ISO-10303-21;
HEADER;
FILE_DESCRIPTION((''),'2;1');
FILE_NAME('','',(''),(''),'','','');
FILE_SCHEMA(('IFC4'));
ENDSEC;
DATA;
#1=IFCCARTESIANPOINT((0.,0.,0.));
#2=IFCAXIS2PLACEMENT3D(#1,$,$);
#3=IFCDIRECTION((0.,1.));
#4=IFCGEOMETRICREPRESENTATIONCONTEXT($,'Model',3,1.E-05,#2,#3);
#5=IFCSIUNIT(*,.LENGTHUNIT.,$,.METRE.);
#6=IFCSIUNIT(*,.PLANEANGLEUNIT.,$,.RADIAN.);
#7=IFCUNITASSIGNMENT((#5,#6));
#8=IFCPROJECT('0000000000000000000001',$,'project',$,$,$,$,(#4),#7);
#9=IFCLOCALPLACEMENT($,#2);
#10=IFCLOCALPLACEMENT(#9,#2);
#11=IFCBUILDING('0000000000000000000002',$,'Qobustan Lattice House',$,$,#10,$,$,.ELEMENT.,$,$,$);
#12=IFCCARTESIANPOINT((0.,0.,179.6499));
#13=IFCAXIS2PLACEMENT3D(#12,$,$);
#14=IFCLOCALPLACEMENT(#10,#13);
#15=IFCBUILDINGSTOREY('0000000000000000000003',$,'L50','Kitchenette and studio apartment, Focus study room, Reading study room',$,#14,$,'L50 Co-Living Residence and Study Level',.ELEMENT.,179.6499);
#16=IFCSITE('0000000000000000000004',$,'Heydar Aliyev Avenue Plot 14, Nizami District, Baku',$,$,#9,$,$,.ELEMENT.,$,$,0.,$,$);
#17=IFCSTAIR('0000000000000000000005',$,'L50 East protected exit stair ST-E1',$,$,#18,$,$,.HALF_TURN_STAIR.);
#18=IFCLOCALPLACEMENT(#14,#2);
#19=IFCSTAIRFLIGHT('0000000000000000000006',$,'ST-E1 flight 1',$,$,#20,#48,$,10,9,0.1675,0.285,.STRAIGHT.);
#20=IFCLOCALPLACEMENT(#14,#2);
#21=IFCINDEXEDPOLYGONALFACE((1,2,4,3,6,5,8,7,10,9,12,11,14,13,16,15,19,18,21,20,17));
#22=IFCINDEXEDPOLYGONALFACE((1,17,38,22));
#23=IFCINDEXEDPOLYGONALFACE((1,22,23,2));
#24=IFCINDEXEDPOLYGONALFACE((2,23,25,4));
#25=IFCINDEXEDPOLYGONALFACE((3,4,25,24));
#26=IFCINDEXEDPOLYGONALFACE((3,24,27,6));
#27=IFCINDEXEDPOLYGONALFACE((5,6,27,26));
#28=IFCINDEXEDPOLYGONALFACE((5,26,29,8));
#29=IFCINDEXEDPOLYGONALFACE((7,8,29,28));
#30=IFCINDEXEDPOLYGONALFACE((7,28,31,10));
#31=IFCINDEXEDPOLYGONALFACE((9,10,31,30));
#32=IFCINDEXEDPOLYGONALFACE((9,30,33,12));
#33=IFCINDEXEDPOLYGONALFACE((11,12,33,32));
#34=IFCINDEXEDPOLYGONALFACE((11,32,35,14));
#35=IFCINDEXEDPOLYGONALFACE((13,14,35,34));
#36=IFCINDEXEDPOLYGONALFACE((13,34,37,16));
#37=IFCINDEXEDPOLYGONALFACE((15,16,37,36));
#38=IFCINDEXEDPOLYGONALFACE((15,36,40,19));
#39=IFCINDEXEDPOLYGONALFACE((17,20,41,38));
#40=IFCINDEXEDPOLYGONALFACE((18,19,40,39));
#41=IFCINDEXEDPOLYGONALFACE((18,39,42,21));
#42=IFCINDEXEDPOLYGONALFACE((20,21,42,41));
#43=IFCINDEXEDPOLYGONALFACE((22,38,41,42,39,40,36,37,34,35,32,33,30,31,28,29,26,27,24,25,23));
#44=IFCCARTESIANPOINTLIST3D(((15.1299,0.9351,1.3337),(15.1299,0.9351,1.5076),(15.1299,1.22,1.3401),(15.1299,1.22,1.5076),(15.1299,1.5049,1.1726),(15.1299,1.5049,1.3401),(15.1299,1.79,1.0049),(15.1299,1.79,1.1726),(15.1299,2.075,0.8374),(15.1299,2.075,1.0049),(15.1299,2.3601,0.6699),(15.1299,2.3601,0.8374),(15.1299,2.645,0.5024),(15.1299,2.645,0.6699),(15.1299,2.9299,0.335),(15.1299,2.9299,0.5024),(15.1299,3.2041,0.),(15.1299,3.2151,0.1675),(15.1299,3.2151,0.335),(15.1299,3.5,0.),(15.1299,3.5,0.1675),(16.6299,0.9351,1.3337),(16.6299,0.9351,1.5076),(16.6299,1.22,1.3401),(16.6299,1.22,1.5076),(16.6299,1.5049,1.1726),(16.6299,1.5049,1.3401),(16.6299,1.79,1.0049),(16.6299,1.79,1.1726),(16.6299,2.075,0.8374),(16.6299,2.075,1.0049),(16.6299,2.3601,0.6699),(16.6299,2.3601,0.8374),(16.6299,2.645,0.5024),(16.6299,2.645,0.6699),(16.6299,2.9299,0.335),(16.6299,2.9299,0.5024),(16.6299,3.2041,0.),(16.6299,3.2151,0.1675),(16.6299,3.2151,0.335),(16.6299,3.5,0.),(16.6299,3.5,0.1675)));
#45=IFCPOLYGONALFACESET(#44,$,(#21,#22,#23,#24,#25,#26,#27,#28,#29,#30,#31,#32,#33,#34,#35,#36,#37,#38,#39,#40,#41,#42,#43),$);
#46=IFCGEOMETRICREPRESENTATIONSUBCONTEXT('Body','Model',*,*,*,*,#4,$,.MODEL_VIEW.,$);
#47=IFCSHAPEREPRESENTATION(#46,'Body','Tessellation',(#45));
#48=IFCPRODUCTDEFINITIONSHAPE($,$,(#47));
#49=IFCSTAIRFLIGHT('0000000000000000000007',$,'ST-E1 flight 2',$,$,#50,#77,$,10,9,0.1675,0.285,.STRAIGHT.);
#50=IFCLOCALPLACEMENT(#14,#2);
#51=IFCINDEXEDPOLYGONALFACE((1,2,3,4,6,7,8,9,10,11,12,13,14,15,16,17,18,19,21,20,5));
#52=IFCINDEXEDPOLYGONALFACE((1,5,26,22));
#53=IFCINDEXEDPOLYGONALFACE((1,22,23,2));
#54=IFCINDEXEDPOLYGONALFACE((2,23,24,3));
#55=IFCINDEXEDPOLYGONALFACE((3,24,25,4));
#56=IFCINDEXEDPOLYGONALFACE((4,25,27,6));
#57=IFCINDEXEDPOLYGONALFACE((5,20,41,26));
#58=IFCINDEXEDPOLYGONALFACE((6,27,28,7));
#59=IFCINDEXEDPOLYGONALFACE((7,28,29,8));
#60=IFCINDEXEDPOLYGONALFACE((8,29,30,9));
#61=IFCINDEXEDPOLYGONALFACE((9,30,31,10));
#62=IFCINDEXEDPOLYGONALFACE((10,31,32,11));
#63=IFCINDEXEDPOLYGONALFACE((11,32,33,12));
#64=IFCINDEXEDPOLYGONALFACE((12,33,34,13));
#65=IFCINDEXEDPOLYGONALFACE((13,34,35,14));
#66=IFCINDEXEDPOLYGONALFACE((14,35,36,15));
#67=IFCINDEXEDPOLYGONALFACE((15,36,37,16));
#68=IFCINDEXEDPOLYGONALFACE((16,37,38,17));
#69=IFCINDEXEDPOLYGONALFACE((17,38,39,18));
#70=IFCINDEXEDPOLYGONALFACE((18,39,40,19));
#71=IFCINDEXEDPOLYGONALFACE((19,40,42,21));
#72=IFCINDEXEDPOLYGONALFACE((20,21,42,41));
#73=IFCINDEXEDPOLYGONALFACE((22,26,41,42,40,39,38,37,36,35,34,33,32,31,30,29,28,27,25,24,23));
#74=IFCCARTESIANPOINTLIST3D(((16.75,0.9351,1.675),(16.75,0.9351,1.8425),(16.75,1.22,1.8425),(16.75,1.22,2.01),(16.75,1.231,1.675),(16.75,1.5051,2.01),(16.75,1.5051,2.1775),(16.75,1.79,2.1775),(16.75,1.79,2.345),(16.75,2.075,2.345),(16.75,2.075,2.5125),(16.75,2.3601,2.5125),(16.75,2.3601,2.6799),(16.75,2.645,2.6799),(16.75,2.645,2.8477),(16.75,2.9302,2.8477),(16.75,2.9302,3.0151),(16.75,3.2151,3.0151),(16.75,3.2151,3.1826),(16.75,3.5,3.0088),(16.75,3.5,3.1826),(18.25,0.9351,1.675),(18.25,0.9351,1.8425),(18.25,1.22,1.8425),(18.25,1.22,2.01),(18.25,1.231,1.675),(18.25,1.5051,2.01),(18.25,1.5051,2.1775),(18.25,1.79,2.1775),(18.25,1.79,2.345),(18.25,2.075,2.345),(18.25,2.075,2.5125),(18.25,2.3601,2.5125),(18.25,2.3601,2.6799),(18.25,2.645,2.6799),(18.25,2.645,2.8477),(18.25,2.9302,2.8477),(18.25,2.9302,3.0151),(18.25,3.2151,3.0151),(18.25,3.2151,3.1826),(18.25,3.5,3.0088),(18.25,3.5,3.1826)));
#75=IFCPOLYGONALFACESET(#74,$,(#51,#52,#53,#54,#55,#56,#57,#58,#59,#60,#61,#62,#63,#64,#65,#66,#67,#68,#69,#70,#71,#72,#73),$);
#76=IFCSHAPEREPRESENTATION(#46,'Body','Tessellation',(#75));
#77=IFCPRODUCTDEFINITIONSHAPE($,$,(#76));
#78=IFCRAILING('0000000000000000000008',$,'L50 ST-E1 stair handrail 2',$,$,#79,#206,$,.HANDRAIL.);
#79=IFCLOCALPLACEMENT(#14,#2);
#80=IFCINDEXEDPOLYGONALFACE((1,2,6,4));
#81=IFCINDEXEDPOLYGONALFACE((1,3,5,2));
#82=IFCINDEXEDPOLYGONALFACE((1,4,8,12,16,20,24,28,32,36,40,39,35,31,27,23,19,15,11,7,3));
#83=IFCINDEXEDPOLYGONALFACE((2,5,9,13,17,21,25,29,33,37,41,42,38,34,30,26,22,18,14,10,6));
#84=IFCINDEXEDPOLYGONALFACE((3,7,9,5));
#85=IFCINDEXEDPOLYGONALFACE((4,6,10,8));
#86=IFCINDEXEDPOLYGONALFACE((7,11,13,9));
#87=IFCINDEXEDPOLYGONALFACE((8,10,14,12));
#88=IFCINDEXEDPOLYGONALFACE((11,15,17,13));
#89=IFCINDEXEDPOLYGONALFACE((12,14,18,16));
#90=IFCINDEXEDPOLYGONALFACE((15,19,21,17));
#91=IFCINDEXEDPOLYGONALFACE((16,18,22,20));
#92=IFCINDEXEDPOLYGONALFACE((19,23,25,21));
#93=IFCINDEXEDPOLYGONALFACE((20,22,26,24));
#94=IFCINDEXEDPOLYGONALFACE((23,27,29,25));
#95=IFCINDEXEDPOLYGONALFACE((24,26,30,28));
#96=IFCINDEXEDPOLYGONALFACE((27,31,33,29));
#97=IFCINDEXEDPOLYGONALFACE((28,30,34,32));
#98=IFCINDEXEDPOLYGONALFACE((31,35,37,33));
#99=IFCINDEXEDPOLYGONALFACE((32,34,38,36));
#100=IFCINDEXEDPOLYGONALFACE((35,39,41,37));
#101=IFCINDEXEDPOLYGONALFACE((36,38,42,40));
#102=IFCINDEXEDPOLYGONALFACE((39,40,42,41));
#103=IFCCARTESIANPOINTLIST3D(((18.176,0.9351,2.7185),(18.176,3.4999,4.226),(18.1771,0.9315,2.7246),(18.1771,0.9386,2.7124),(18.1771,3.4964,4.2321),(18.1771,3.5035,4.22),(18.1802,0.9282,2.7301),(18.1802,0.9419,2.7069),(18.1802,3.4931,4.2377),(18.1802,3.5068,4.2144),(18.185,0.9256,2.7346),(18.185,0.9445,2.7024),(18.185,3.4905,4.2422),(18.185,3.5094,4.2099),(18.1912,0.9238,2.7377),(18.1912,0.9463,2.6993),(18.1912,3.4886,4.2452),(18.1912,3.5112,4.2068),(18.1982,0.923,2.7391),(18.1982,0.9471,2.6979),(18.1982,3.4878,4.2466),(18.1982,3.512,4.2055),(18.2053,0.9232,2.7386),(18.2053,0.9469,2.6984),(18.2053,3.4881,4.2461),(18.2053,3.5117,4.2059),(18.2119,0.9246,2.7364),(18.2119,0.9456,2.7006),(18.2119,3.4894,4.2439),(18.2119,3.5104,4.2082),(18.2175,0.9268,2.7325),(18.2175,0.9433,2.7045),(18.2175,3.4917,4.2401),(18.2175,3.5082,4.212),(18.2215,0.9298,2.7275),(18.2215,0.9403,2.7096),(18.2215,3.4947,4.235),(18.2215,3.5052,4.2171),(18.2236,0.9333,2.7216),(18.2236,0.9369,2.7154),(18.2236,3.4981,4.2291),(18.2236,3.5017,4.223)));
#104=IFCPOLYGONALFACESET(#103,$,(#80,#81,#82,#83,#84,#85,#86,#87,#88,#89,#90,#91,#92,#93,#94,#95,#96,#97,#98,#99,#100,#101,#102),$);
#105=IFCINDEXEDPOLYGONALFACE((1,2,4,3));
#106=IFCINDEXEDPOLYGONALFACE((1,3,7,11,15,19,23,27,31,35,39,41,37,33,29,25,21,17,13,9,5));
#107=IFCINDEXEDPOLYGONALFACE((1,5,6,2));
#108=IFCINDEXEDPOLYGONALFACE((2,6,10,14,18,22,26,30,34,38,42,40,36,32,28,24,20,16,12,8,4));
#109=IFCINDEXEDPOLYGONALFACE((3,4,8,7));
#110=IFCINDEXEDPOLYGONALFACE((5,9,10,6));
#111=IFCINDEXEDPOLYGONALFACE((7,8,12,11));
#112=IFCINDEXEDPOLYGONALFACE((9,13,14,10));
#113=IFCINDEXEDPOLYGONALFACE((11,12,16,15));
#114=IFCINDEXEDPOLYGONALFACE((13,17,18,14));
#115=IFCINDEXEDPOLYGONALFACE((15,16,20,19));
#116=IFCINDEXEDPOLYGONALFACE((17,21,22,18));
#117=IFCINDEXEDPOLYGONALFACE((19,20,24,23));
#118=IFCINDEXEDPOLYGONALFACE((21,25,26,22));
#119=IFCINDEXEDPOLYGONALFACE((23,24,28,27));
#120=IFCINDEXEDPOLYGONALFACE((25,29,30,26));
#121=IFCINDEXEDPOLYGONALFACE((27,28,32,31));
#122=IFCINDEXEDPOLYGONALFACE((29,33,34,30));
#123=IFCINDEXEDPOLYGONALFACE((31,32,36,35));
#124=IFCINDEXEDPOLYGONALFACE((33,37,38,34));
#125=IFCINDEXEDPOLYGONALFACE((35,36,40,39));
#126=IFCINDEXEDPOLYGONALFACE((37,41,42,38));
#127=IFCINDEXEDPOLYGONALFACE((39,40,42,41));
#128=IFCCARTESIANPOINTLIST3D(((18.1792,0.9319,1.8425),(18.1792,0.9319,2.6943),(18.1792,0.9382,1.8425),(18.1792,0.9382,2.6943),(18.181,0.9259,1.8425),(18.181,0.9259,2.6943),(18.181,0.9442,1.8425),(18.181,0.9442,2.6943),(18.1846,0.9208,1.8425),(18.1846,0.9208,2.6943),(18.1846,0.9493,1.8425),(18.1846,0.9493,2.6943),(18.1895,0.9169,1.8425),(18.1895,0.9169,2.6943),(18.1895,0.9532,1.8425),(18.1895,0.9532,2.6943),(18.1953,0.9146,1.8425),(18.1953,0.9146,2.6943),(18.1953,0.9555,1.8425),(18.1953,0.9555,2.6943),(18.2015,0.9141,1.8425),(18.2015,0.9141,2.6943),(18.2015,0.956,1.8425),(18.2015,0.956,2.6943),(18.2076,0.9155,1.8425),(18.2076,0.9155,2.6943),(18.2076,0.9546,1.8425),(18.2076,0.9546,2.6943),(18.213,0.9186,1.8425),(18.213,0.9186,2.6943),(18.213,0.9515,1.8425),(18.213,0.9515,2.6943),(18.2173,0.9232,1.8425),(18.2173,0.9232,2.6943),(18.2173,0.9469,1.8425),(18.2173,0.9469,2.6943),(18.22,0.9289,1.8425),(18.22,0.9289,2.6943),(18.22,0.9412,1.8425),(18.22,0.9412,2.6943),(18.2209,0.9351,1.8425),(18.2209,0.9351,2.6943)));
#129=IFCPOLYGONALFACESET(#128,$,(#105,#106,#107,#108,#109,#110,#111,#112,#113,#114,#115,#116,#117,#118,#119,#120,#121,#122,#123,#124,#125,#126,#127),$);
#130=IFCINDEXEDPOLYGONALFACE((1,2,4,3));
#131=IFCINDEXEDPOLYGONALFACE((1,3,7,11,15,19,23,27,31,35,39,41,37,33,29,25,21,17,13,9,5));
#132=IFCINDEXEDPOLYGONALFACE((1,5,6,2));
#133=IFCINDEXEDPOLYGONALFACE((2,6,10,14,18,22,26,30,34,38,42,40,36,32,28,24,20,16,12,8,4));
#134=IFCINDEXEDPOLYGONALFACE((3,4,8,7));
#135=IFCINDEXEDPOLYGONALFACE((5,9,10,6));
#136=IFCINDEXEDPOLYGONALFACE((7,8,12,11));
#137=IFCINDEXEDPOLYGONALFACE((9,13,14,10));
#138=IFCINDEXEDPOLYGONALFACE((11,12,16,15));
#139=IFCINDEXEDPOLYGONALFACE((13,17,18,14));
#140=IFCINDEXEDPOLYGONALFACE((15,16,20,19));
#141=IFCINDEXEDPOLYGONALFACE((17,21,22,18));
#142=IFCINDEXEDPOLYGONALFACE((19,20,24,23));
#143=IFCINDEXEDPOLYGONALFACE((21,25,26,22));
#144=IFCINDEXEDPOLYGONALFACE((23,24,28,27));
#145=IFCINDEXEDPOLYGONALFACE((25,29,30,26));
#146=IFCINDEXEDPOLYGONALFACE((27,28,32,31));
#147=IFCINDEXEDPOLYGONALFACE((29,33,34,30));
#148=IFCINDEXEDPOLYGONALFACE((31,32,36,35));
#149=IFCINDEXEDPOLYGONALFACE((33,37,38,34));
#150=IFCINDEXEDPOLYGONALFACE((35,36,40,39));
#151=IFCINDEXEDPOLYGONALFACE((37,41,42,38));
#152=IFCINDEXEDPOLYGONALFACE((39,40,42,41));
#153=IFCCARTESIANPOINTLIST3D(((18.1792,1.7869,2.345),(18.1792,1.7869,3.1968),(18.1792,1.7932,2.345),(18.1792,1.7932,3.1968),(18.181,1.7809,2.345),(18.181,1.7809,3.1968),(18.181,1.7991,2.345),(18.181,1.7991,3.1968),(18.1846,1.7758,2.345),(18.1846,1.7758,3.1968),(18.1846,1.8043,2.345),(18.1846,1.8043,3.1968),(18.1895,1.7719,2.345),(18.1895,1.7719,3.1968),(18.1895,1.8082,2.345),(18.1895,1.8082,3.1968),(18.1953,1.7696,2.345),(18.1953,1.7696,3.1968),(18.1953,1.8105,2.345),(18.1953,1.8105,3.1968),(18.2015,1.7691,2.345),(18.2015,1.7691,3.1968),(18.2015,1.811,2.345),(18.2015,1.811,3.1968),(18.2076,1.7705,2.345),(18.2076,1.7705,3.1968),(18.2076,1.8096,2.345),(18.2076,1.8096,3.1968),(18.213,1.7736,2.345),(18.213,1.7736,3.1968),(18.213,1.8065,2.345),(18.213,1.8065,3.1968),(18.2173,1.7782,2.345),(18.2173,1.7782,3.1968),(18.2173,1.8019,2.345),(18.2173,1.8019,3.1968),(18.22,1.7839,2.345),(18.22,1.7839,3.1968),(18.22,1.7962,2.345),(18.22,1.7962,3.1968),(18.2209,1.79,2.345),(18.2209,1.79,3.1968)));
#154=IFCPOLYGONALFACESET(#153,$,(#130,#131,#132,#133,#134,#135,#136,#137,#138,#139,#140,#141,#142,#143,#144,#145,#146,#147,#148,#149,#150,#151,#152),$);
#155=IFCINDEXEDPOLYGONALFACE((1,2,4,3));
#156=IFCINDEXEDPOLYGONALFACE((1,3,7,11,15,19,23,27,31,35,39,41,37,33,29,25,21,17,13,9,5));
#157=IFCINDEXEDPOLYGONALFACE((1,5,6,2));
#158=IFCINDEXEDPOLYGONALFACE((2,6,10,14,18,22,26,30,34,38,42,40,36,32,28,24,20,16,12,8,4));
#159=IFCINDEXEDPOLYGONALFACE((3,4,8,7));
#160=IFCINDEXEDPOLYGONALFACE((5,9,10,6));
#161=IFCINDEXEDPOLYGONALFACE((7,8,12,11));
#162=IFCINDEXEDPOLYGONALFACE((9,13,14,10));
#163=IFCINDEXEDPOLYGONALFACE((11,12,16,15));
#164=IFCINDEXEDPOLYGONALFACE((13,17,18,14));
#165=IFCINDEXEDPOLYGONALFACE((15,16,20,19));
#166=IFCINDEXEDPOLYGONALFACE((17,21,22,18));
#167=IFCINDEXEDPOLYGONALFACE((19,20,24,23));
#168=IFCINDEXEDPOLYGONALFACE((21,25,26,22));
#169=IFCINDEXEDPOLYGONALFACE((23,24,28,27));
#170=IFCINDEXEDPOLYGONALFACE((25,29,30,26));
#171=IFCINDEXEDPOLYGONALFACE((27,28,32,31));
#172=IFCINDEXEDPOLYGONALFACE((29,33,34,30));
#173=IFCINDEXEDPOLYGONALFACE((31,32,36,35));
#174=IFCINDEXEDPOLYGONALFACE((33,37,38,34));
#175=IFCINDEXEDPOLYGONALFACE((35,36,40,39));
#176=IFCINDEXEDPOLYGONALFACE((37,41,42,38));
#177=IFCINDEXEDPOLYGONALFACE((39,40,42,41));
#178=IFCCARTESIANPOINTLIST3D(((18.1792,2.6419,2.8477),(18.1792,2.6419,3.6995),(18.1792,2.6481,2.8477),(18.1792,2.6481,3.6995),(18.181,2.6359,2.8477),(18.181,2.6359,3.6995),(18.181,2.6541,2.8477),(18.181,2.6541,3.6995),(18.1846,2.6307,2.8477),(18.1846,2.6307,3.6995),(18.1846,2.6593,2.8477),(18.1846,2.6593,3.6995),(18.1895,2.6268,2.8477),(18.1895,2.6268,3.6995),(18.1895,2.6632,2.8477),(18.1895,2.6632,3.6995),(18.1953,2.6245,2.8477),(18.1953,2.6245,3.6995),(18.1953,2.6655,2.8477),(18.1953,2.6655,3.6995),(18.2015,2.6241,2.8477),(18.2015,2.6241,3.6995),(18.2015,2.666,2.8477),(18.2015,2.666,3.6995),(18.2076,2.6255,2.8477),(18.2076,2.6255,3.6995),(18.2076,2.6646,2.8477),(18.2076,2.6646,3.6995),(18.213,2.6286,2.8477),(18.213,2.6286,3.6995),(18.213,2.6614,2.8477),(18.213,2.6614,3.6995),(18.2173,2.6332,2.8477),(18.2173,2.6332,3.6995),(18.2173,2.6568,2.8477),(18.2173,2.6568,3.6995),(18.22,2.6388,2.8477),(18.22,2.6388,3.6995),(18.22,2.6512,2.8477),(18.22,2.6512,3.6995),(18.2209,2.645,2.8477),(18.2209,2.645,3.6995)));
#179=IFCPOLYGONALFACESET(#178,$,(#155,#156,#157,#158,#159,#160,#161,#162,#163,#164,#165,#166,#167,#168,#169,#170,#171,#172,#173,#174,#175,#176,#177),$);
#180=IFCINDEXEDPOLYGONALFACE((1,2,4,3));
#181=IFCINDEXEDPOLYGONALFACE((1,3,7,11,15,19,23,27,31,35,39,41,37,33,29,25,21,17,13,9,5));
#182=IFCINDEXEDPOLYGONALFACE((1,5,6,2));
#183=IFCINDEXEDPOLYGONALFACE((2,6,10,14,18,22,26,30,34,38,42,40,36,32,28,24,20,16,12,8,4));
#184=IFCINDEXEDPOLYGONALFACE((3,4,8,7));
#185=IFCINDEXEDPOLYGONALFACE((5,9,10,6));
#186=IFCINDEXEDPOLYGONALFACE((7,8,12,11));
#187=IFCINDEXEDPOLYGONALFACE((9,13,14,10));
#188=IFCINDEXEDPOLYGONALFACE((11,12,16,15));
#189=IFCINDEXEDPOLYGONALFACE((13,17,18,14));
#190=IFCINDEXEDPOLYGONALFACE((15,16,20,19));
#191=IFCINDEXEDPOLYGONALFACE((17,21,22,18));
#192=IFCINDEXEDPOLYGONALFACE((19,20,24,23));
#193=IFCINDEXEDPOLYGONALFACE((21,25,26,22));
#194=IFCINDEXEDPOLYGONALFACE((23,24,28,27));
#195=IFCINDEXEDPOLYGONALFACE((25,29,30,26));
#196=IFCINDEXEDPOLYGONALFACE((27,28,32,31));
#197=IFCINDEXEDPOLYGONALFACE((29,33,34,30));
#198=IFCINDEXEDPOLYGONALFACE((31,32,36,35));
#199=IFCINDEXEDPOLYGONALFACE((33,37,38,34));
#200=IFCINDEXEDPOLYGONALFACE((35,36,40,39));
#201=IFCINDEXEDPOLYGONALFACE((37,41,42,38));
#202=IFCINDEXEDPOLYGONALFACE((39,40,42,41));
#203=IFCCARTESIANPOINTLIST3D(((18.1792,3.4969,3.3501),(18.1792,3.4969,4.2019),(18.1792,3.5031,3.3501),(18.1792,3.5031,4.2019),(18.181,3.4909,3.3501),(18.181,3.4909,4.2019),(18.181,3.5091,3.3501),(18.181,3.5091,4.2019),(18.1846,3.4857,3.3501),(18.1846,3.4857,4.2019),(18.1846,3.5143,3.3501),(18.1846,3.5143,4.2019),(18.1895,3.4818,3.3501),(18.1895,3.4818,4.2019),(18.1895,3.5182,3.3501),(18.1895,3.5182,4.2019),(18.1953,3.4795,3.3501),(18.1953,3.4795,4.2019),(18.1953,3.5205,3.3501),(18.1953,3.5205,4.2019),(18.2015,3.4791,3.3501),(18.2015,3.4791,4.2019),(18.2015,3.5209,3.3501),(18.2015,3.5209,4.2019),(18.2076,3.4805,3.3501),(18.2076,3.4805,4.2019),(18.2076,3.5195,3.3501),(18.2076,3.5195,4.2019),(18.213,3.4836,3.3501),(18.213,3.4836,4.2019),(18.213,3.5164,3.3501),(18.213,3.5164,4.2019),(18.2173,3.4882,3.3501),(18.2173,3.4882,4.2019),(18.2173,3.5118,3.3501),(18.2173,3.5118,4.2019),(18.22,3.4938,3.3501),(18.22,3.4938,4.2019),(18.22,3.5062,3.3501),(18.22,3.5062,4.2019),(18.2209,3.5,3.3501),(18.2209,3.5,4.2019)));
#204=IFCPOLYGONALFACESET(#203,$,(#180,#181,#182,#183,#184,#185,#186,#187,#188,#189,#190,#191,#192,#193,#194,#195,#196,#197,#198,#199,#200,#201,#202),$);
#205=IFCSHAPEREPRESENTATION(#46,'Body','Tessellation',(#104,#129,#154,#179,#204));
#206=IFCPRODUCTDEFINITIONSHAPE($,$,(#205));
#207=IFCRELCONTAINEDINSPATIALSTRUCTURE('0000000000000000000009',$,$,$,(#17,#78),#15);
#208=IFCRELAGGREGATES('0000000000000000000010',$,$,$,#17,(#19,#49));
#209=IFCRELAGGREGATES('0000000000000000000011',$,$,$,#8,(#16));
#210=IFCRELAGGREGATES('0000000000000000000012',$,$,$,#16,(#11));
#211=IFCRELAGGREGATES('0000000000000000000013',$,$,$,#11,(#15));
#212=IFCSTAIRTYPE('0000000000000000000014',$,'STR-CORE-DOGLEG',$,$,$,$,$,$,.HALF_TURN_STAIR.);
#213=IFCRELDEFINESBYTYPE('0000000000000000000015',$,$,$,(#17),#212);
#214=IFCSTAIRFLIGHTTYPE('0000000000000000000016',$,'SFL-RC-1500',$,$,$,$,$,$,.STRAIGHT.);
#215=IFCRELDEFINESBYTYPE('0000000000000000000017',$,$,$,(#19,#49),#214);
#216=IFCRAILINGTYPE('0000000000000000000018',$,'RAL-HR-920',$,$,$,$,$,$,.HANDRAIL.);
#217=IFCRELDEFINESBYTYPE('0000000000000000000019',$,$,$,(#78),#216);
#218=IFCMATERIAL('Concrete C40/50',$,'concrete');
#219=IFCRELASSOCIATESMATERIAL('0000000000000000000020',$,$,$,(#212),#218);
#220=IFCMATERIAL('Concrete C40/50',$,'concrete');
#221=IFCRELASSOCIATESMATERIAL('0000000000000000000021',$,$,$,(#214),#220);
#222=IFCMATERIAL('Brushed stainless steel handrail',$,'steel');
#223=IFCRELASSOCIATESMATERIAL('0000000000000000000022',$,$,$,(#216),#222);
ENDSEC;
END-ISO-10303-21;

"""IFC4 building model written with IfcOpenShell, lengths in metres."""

from ifc_helpers import new_model, si_unit, direction, frame, origin, origin_2d, place, context, subcontext, project, spatial, polyline, circle, outline, extrude, material, type_object, element, aggregate, save


model = new_model("IFC4")

# Units and contexts
model_context = context("Model", 3, precision=1e-05, world=origin(), true_north=direction((0.0, 1.0)))
body_context = subcontext(model_context, "Body", "Model", "MODEL_VIEW")
ifc_project = project(units=[si_unit("LENGTHUNIT", "METRE"), si_unit("PLANEANGLEUNIT", "RADIAN")], contexts=[model_context])

# Site, building, storey
site_placement = place(None, origin())
site = spatial("IfcSite", under=ifc_project, at=site_placement, Name="Heydar Aliyev Avenue Plot 14, Nizami District, Baku", CompositionType="ELEMENT", RefElevation=0.0)
building_placement = place(site_placement, origin())
building = spatial("IfcBuilding", under=site, at=building_placement, Name="Qobustan Lattice House", CompositionType="ELEMENT")
storey_placement = place(building_placement, frame((0.0, 0.0, 179.6499)))
storey = spatial("IfcBuildingStorey", under=building, at=storey_placement, Name="L50", Description="Kitchenette and studio apartment, Focus study room, Reading study room", LongName="L50 Co-Living Residence and Study Level", CompositionType="ELEMENT", Elevation=179.6499)

# Stair, stair flights
ifc_material_1 = material(Name="Concrete C40/50", Category="concrete")
stair_type = type_object("IfcStairType", Name="STR-CORE-DOGLEG", PredefinedType="HALF_TURN_STAIR", material=ifc_material_1)
stair_placement = place(storey_placement, origin())
stair = element("IfcStair", 1, at=stair_placement, inside=storey, type_object=stair_type, Name="L50 East protected exit stair ST-E1", PredefinedType="HALF_TURN_STAIR")
ifc_material_2 = material(Name="Concrete C40/50", Category="concrete")
stair_flight_type = type_object("IfcStairFlightType", Name="SFL-RC-1500", PredefinedType="STRAIGHT", material=ifc_material_2)
stair_flight_1_placement = place(storey_placement, frame((15.8799, 3.5, 0.0), z_axis=(0.0, 0.0, 1.0), x_axis=(0.0, -1.0, 0.0)))
stair_flight_1 = element("IfcStairFlight", 2, at=stair_flight_1_placement, type_object=stair_flight_type, Name="ST-E1 flight 1", NumberOfRisers=10, NumberOfTreads=9, PredefinedType="STRAIGHT", RiserHeight=0.1675, TreadLength=0.285, context=body_context, shape_type="SweptSolid", body=[
    extrude(outline(polyline([(0.0, 0.0), (0.0, 0.1675), (0.2849, 0.1675), (0.2849, 0.335), (0.5701, 0.335), (0.5701, 0.5024), (0.855, 0.5024), (0.855, 0.6699), (1.1399, 0.6699), (1.1399, 0.8374), (1.425, 0.8374), (1.425, 1.0049), (1.71, 1.0049), (1.71, 1.1726), (1.9951, 1.1726), (1.9951, 1.3401), (2.28, 1.3401), (2.28, 1.5076), (2.5649, 1.5076), (2.5649, 1.675), (2.5649, 1.3337), (0.2959, 0.0), (0.0, 0.0)])), frame((0.0, 0.75, 0.0), z_axis=(0.0, -1.0, 0.0), x_axis=(1.0, 0.0, 0.0)), (0.0, 0.0, 1.0), 1.5),
])
stair_flight_2_placement = place(storey_placement, frame((17.5, 0.9351, 1.675), z_axis=(0.0, 0.0, 1.0), x_axis=(0.0, 1.0, 0.0)))
stair_flight_2 = element("IfcStairFlight", 3, at=stair_flight_2_placement, type_object=stair_flight_type, Name="ST-E1 flight 2", NumberOfRisers=10, NumberOfTreads=9, PredefinedType="STRAIGHT", RiserHeight=0.1675, TreadLength=0.285, context=body_context, shape_type="SweptSolid", body=[
    extrude(outline(polyline([(0.0, 0.0), (0.0, 0.1675), (0.2849, 0.1675), (0.2849, 0.335), (0.5701, 0.335), (0.5701, 0.5024), (0.855, 0.5024), (0.855, 0.6699), (1.1399, 0.6699), (1.1399, 0.8374), (1.425, 0.8374), (1.425, 1.0049), (1.71, 1.0049), (1.71, 1.1726), (1.9951, 1.1726), (1.9951, 1.3401), (2.28, 1.3401), (2.28, 1.5076), (2.5649, 1.5076), (2.5649, 1.675), (2.5649, 1.3337), (0.2959, 0.0), (0.0, 0.0)])), frame((0.0, 0.75, 0.0), z_axis=(0.0, -1.0, 0.0), x_axis=(1.0, 0.0, 0.0)), (0.0, 0.0, 1.0), 1.5),
])
aggregate(stair, [stair_flight_1, stair_flight_2])

# Railing
ifc_material_3 = material(Name="Brushed stainless steel handrail", Category="steel")
railing_type_1 = type_object("IfcRailingType", Name="RAL-HR-920", PredefinedType="HANDRAIL", material=ifc_material_3)
railing_1_placement = place(storey_placement, frame((18.2, 0.9351, 1.8425)))
element("IfcRailing", 4, at=railing_1_placement, inside=storey, type_object=railing_type_1, Name="L50 ST-E1 stair handrail 2", PredefinedType="HANDRAIL", context=body_context, shape_type="SweptSolid", body=[
    extrude(circle(Radius=0.0239, at=origin_2d()), frame((0.0, 0.0, 0.876), z_axis=(0.0, 0.862113, 0.506715), x_axis=(-1.0, 0.0, 0.0)), (0.0, 0.0, 1.0), 2.9751),
    extrude(circle(Radius=0.021, at=origin_2d()), origin(), (0.0, 0.0, 1.0), 0.8518),
    extrude(circle(Radius=0.021, at=origin_2d()), frame((0.0, 0.855, 0.5024)), (0.0, 0.0, 1.0), 0.8518),
    extrude(circle(Radius=0.021, at=origin_2d()), frame((0.0, 1.71, 1.0051)), (0.0, 0.0, 1.0), 0.8518),
    extrude(circle(Radius=0.021, at=origin_2d()), frame((0.0, 2.5649, 1.5076)), (0.0, 0.0, 1.0), 0.8518),
])

save(model, "model.ifc")
